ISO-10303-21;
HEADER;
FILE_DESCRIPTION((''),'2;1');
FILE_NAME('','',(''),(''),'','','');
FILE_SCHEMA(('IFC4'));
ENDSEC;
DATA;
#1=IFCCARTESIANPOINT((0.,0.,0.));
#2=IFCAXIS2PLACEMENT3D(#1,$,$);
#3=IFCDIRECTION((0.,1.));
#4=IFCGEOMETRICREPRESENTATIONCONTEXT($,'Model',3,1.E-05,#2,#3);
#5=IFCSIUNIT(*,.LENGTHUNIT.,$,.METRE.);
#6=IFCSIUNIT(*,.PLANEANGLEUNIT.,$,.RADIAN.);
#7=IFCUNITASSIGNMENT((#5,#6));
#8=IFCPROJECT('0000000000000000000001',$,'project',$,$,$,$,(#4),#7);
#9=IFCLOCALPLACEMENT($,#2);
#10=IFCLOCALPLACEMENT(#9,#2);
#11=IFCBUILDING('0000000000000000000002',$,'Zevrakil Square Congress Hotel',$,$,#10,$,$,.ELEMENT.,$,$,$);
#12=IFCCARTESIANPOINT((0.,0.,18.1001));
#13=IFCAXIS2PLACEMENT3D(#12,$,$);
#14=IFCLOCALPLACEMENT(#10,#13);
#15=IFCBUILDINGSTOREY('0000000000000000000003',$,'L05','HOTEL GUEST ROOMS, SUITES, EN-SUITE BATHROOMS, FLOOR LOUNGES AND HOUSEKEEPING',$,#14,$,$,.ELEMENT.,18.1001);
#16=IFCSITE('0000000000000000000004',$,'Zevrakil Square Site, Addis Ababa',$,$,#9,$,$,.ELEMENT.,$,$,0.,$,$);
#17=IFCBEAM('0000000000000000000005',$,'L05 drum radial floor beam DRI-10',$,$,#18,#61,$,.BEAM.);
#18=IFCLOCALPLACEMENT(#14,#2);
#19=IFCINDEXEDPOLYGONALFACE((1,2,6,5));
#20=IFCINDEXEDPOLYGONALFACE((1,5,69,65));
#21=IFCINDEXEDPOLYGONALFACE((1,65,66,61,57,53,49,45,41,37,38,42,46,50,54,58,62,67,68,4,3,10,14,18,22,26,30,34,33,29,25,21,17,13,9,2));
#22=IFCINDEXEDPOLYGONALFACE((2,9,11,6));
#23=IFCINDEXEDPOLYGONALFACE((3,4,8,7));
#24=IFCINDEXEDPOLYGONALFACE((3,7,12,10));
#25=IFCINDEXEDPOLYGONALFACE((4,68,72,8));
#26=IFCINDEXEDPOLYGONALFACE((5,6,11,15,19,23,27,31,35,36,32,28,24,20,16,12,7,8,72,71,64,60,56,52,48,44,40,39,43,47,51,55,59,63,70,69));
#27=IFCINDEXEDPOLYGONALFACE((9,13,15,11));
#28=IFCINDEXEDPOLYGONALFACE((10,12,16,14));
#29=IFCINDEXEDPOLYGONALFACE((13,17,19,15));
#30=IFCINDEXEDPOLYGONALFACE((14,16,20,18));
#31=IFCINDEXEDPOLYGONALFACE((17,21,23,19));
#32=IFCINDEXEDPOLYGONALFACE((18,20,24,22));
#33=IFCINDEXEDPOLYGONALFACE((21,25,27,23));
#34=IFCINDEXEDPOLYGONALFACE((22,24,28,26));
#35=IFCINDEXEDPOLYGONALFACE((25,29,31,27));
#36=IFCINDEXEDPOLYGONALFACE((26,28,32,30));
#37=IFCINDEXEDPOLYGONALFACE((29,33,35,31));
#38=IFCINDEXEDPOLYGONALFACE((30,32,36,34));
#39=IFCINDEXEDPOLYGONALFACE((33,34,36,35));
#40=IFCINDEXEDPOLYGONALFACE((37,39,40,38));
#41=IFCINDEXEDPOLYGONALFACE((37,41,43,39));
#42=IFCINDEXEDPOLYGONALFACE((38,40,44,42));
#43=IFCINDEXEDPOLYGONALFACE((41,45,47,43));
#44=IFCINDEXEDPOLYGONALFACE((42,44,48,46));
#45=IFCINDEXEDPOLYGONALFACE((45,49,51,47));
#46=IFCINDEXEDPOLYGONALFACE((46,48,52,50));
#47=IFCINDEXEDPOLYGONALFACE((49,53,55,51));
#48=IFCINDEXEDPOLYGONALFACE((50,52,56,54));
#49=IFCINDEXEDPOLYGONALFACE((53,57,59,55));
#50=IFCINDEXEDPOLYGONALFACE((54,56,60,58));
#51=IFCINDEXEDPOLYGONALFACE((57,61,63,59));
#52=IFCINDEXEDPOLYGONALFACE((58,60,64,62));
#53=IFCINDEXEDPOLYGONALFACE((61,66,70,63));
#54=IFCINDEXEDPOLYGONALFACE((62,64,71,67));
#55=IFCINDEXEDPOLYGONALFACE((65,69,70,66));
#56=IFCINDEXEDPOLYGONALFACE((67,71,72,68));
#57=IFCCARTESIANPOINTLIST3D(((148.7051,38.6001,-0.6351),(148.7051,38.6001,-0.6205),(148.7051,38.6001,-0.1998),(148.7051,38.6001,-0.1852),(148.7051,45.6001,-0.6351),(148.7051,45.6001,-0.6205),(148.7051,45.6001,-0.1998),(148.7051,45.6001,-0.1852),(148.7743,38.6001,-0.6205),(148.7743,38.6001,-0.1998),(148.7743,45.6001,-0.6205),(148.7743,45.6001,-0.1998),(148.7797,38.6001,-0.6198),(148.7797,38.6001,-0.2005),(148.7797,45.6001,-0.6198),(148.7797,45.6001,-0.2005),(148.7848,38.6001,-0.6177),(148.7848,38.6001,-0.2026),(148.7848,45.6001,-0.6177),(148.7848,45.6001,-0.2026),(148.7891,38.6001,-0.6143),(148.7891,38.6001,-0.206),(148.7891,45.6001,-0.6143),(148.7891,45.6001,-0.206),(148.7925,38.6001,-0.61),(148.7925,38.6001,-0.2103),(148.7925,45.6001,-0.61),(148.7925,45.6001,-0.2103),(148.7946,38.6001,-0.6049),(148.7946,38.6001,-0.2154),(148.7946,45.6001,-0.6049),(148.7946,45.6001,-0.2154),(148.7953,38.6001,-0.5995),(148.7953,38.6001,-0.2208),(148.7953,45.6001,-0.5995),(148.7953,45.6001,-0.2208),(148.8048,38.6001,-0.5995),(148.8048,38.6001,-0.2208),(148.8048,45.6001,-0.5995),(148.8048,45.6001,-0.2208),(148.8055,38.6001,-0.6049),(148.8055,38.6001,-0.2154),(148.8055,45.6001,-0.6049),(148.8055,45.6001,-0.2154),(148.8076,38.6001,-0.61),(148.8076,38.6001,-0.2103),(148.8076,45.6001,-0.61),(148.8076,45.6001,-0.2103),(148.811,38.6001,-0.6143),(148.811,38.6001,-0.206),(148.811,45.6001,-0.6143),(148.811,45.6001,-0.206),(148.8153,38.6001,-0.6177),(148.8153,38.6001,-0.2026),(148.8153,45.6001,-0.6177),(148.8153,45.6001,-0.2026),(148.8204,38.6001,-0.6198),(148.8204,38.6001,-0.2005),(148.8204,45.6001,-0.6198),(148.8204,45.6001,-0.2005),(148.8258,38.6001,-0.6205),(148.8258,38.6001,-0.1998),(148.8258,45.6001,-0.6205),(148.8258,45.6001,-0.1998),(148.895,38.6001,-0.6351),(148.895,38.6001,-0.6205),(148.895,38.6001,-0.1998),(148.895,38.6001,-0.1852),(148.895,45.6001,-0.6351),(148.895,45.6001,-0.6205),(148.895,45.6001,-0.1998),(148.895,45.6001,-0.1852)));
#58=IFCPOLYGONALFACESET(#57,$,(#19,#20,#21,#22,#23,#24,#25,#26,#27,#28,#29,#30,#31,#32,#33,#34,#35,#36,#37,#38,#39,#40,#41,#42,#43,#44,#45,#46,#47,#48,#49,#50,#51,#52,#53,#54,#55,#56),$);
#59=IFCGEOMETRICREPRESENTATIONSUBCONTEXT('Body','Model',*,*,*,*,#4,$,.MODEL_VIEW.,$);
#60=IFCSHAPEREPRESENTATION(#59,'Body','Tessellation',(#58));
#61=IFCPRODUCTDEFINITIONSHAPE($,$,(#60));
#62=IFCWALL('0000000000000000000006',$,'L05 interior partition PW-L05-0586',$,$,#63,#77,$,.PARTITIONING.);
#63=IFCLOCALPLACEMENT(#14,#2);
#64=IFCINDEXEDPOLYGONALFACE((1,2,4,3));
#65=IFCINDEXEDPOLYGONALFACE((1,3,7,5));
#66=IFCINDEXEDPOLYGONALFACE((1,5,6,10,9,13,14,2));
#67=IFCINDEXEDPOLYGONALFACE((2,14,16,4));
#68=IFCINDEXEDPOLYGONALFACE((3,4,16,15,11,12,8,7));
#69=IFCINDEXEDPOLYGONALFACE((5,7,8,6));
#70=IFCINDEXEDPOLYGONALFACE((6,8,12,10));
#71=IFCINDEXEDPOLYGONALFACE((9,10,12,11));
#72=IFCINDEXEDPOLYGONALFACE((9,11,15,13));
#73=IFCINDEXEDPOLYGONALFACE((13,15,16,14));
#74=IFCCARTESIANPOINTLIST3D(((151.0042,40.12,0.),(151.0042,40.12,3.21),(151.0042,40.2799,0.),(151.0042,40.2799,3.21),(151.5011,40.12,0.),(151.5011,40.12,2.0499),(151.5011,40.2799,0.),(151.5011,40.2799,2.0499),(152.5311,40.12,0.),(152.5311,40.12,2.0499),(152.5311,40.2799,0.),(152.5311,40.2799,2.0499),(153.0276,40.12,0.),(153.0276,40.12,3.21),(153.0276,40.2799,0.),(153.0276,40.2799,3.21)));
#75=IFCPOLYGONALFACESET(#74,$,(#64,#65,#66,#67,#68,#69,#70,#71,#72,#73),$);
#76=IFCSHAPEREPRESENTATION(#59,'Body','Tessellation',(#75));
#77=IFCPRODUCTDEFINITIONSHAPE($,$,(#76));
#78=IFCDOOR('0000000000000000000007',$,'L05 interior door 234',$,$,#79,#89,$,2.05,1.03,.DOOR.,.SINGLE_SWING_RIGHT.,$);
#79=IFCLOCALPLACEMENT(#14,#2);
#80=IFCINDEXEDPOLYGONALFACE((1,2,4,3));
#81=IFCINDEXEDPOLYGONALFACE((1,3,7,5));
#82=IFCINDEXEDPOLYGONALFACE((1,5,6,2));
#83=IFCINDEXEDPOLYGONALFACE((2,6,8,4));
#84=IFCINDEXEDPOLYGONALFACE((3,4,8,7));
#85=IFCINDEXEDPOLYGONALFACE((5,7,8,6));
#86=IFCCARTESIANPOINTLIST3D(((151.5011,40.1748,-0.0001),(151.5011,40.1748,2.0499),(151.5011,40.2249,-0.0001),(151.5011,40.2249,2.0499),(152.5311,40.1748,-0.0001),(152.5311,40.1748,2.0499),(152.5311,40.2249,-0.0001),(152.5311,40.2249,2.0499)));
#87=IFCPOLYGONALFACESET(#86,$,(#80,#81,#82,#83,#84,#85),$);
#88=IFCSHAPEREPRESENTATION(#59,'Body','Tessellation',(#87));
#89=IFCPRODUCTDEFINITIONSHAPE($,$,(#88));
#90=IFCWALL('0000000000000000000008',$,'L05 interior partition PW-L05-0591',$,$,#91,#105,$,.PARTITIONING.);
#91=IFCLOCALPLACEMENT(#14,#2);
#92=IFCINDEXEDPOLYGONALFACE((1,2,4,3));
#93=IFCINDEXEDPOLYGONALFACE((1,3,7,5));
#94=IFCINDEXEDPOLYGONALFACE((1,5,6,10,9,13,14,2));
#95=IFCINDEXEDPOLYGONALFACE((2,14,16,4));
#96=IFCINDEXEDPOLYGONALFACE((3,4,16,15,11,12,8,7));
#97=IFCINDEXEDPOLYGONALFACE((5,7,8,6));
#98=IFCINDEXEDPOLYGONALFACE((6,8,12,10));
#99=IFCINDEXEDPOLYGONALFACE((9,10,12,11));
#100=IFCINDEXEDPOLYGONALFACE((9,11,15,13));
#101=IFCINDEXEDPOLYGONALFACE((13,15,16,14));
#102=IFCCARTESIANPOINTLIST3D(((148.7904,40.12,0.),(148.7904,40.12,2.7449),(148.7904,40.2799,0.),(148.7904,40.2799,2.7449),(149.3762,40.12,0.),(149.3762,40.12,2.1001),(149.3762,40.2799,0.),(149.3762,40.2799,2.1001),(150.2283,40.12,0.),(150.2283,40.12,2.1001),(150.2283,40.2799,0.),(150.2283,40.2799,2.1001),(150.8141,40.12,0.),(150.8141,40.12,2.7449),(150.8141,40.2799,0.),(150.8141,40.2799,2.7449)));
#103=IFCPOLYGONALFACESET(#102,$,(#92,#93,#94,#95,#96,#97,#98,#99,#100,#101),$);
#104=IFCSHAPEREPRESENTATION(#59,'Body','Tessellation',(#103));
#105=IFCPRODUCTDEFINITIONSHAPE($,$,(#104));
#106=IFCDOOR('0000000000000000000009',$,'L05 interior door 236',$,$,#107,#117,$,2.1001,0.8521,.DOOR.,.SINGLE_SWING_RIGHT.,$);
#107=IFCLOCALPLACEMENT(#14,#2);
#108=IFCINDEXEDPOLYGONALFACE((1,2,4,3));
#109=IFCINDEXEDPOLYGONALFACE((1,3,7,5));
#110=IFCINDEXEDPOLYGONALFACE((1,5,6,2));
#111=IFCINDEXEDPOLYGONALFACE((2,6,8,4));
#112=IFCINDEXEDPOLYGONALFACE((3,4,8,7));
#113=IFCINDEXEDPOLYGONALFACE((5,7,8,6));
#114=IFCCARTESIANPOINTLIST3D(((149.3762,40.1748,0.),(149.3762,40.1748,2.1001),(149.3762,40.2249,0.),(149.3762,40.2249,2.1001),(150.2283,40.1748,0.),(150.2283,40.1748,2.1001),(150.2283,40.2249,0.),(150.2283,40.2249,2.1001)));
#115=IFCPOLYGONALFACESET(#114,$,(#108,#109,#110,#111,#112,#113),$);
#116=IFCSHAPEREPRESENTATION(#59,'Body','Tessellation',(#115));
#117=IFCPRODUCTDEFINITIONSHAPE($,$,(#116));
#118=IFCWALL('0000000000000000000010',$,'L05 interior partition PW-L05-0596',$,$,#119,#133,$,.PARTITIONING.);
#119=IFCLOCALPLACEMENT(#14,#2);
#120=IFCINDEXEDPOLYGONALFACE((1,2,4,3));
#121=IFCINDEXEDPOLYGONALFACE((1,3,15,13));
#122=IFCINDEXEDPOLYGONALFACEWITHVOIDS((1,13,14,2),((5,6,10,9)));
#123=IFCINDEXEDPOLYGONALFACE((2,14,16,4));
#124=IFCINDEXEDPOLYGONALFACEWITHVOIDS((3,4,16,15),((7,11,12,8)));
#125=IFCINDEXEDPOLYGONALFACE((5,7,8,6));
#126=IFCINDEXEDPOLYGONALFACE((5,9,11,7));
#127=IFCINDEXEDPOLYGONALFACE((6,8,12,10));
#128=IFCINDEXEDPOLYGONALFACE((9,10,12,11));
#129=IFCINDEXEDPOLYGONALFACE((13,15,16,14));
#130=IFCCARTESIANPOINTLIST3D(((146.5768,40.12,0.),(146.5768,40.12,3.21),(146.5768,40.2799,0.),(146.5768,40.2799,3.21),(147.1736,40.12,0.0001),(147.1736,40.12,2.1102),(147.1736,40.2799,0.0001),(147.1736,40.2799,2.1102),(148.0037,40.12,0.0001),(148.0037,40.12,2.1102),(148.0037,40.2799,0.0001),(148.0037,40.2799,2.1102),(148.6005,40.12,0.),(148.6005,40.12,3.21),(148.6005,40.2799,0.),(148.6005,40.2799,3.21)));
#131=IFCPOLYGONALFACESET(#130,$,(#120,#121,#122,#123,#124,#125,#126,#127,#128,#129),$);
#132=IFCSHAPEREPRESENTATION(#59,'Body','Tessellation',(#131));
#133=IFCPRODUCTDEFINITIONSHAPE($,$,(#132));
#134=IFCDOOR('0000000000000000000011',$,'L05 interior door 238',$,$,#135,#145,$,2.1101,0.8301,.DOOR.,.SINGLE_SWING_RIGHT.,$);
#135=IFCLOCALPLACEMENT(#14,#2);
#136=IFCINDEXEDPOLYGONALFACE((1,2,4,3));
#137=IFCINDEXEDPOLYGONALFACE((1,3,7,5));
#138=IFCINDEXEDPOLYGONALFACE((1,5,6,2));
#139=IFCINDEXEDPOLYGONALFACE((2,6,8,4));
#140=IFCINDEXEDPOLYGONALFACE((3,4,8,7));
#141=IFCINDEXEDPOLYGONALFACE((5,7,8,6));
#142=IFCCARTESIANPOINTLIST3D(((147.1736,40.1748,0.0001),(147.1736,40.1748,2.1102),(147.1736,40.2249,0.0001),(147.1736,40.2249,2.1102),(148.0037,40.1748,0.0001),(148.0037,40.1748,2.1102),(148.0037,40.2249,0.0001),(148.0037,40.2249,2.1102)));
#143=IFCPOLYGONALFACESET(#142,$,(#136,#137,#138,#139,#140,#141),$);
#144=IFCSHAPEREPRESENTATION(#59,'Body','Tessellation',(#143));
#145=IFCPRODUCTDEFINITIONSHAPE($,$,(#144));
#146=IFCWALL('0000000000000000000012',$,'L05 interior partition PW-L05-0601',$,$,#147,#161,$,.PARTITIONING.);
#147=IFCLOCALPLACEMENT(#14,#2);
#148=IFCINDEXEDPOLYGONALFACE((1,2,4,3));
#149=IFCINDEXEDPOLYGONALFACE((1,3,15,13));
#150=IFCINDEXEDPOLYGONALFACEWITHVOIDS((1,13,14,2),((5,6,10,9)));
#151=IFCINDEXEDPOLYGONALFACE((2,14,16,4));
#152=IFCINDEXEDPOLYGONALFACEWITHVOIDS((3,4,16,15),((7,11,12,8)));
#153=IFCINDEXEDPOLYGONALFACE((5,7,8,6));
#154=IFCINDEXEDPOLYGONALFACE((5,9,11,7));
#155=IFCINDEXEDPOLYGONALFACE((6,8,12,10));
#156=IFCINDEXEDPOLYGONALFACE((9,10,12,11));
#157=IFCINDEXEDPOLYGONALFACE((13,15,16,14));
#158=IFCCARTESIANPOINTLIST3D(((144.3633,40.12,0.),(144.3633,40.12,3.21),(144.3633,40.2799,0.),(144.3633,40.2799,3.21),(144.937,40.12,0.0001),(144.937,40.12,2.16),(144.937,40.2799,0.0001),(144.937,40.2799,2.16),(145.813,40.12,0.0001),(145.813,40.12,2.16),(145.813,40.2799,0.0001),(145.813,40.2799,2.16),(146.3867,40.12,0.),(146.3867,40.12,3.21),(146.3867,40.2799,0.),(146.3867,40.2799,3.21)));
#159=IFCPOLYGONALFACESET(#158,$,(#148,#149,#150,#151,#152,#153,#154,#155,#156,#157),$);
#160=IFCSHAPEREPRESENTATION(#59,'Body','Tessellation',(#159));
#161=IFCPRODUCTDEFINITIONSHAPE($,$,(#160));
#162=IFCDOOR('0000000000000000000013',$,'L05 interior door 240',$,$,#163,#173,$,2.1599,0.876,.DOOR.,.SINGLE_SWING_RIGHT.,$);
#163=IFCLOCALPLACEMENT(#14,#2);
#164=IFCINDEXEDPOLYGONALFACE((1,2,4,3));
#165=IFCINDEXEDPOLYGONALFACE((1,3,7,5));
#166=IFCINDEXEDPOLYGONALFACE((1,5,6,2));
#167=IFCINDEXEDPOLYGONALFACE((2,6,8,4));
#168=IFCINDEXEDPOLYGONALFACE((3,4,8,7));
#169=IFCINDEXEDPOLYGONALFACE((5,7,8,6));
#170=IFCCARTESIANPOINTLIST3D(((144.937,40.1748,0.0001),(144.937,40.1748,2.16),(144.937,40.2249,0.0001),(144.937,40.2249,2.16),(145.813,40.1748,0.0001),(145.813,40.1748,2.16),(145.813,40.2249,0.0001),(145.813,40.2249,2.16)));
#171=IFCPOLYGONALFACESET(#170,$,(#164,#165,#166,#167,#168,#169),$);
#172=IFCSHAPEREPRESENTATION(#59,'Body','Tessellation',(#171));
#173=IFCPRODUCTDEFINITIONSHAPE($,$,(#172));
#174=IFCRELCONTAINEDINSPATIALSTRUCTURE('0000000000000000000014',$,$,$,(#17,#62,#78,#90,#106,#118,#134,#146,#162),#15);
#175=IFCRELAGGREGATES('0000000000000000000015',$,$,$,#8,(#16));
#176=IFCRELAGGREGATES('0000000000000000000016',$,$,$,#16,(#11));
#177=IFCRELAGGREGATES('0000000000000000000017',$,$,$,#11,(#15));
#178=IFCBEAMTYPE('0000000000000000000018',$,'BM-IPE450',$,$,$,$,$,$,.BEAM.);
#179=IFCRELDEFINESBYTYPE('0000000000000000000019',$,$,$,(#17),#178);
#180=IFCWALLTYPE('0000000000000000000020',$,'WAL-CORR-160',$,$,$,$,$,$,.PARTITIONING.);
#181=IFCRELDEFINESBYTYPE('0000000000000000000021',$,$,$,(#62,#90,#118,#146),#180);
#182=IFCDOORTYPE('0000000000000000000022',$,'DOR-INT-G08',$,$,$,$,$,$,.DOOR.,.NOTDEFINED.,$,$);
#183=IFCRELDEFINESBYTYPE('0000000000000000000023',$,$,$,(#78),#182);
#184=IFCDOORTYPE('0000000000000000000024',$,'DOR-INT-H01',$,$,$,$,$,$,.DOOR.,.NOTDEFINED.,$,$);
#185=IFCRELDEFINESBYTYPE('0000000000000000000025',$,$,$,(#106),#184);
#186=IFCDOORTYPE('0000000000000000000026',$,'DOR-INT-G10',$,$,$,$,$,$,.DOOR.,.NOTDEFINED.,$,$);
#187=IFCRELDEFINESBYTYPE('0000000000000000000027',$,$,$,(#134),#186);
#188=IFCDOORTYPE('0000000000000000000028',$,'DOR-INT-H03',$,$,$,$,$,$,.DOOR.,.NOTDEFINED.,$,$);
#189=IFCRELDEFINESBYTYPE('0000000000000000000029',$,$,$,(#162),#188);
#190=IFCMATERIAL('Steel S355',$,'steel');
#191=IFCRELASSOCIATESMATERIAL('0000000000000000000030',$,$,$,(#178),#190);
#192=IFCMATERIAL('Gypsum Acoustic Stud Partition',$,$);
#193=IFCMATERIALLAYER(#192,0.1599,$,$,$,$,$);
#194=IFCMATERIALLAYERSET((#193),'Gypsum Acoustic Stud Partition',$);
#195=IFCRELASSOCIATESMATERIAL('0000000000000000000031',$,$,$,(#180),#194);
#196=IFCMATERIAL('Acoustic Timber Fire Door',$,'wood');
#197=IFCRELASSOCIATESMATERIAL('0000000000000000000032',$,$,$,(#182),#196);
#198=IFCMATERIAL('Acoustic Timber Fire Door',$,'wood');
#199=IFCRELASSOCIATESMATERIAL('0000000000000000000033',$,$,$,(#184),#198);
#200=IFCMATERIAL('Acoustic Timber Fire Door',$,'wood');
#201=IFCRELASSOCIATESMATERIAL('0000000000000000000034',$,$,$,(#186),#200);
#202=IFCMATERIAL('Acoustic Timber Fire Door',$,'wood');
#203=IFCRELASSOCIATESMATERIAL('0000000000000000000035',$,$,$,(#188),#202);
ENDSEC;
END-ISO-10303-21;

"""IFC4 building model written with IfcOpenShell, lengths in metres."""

from ifc_helpers import new_model, si_unit, direction, frame, frame_2d, origin, origin_2d, place, context, subcontext, project, spatial, rectangle, i_section, extrude, material, layer, layer_set, material_profile, profile_set, type_object, element, fill, save


model = new_model("IFC4")

# Units and contexts
model_context = context("Model", 3, precision=1e-05, world=origin(), true_north=direction((0.0, 1.0)))
body_context = subcontext(model_context, "Body", "Model", "MODEL_VIEW")
ifc_project = project(units=[si_unit("LENGTHUNIT", "METRE"), si_unit("PLANEANGLEUNIT", "RADIAN")], contexts=[model_context])

# Site, building, storey
site_placement = place(None, origin())
site = spatial("IfcSite", under=ifc_project, at=site_placement, Name="Zevrakil Square Site, Addis Ababa", CompositionType="ELEMENT", RefElevation=0.0)
building_placement = place(site_placement, origin())
building = spatial("IfcBuilding", under=site, at=building_placement, Name="Zevrakil Square Congress Hotel", CompositionType="ELEMENT")
storey_placement = place(building_placement, frame((0.0, 0.0, 18.1001)))
storey = spatial("IfcBuildingStorey", under=building, at=storey_placement, Name="L05", Description="HOTEL GUEST ROOMS, SUITES, EN-SUITE BATHROOMS, FLOOR LOUNGES AND HOUSEKEEPING", CompositionType="ELEMENT", Elevation=18.1001)

# Beam
ifc_material_1 = material(Name="Steel S355", Category="steel")
ifc_material_profile = material_profile(ifc_material_1, i_section(OverallWidth=0.1899, OverallDepth=0.45, WebThickness=0.0095, FlangeThickness=0.0146, FilletRadius=0.021, at=origin_2d()), Name="IPE 450")
ifc_profile_set = profile_set([ifc_material_profile], Name="Steel S355")
beam_type = type_object("IfcBeamType", Name="BM-IPE450", PredefinedType="BEAM", material=ifc_profile_set)
beam_placement = place(storey_placement, frame((148.8, 38.6001, -0.4102), z_axis=(0.0, 1.0, 0.0), x_axis=(-1.0, 0.0, 0.0)))
element("IfcBeam", 1, at=beam_placement, inside=storey, type_object=beam_type, Name="L05 drum radial floor beam DRI-10", PredefinedType="BEAM", context=body_context, shape_type="SweptSolid", body=[
    extrude(i_section(OverallWidth=0.1899, OverallDepth=0.45, WebThickness=0.0095, FlangeThickness=0.0146, FilletRadius=0.021, at=origin_2d()), origin(), (0.0, 0.0, 1.0), 7.0),
])

# Walls, openings, doors
ifc_material_2 = material(Name="Gypsum Acoustic Stud Partition")
ifc_layer_1 = layer(ifc_material_2, 0.1599)
ifc_layer_set_1 = layer_set([ifc_layer_1], Name="Gypsum Acoustic Stud Partition")
wall_type_1 = type_object("IfcWallType", Name="WAL-CORR-160", PredefinedType="PARTITIONING", material=ifc_layer_set_1)
wall_1_placement = place(storey_placement, frame((151.0042, 40.2, 0.0), z_axis=(0.0, 0.0, 1.0), x_axis=(1.0, 0.0, 0.0)))
wall_1 = element("IfcWall", 2, at=wall_1_placement, inside=storey, type_object=wall_type_1, Name="L05 interior partition PW-L05-0586", PredefinedType="PARTITIONING", context=body_context, shape_type="SweptSolid", body=[
    extrude(rectangle(XDim=2.0234, YDim=0.1599, at=frame_2d((1.0117, 0.0))), origin(), (0.0, 0.0, 1.0), 3.21),
])
opening_1_placement = place(wall_1_placement, frame((0.4968, 0.0, 0.0)))
opening_1 = element("IfcOpeningElement", 3, at=opening_1_placement, cuts=wall_1, PredefinedType="OPENING", context=body_context, shape_type="SweptSolid", body=[
    extrude(rectangle(XDim=1.03, YDim=2.05, at=frame_2d((0.5151, 1.0249))), frame((0.0, 0.0898, 0.0), z_axis=(0.0, -1.0, 0.0), x_axis=(1.0, 0.0, 0.0)), (0.0, 0.0, 1.0), 0.1799),
])
ifc_material_3 = material(Name="Acoustic Timber Fire Door", Category="wood")
door_type_1 = type_object("IfcDoorType", Name="DOR-INT-G08", OperationType="NOTDEFINED", PredefinedType="DOOR", material=ifc_material_3)
door_1_placement = place(opening_1_placement, origin())
door_1 = element("IfcDoor", 4, at=door_1_placement, inside=storey, type_object=door_type_1, Name="L05 interior door 234", OperationType="SINGLE_SWING_RIGHT", OverallHeight=2.05, OverallWidth=1.03, PredefinedType="DOOR", context=body_context, shape_type="SweptSolid", body=[
    extrude(rectangle(XDim=1.03, YDim=2.05, at=frame_2d((0.5151, 1.0249))), frame((0.0, 0.0249, 0.0), z_axis=(0.0, -1.0, 0.0), x_axis=(1.0, 0.0, 0.0)), (0.0, 0.0, 1.0), 0.05),
])
fill(opening_1, door_1)
wall_2_placement = place(storey_placement, frame((148.7905, 40.2, 0.0), z_axis=(0.0, 0.0, 1.0), x_axis=(1.0, 0.0, 0.0)))
wall_2 = element("IfcWall", 5, at=wall_2_placement, inside=storey, type_object=wall_type_1, Name="L05 interior partition PW-L05-0591", PredefinedType="PARTITIONING", context=body_context, shape_type="SweptSolid", body=[
    extrude(rectangle(XDim=2.0237, YDim=0.1599, at=frame_2d((1.0117, 0.0))), origin(), (0.0, 0.0, 1.0), 2.7449),
])
opening_2_placement = place(wall_2_placement, frame((0.5857, 0.0, 0.0)))
opening_2 = element("IfcOpeningElement", 6, at=opening_2_placement, cuts=wall_2, PredefinedType="OPENING", context=body_context, shape_type="SweptSolid", body=[
    extrude(rectangle(XDim=0.8521, YDim=2.1001, at=frame_2d((0.426, 1.05))), frame((0.0, 0.0898, 0.0), z_axis=(0.0, -1.0, 0.0), x_axis=(1.0, 0.0, 0.0)), (0.0, 0.0, 1.0), 0.1799),
])
ifc_material_4 = material(Name="Acoustic Timber Fire Door", Category="wood")
door_type_2 = type_object("IfcDoorType", Name="DOR-INT-H01", OperationType="NOTDEFINED", PredefinedType="DOOR", material=ifc_material_4)
door_2_placement = place(opening_2_placement, origin())
door_2 = element("IfcDoor", 7, at=door_2_placement, inside=storey, type_object=door_type_2, Name="L05 interior door 236", OperationType="SINGLE_SWING_RIGHT", OverallHeight=2.1001, OverallWidth=0.8521, PredefinedType="DOOR", context=body_context, shape_type="SweptSolid", body=[
    extrude(rectangle(XDim=0.8521, YDim=2.1001, at=frame_2d((0.426, 1.05))), frame((0.0, 0.0249, 0.0), z_axis=(0.0, -1.0, 0.0), x_axis=(1.0, 0.0, 0.0)), (0.0, 0.0, 1.0), 0.05),
])
fill(opening_2, door_2)
wall_3_placement = place(storey_placement, frame((146.5769, 40.2, 0.0), z_axis=(0.0, 0.0, 1.0), x_axis=(1.0, 0.0, 0.0)))
wall_3 = element("IfcWall", 8, at=wall_3_placement, inside=storey, type_object=wall_type_1, Name="L05 interior partition PW-L05-0596", PredefinedType="PARTITIONING", context=body_context, shape_type="SweptSolid", body=[
    extrude(rectangle(XDim=2.0237, YDim=0.1599, at=frame_2d((1.0117, 0.0))), origin(), (0.0, 0.0, 1.0), 3.21),
])
opening_3_placement = place(wall_3_placement, frame((0.5967, 0.0, 0.0)))
opening_3 = element("IfcOpeningElement", 9, at=opening_3_placement, cuts=wall_3, PredefinedType="OPENING", context=body_context, shape_type="SweptSolid", body=[
    extrude(rectangle(XDim=0.8301, YDim=2.1101, at=frame_2d((0.415, 1.0552))), frame((0.0, 0.0898, 0.0), z_axis=(0.0, -1.0, 0.0), x_axis=(1.0, 0.0, 0.0)), (0.0, 0.0, 1.0), 0.1799),
])
ifc_material_5 = material(Name="Acoustic Timber Fire Door", Category="wood")
door_type_3 = type_object("IfcDoorType", Name="DOR-INT-G10", OperationType="NOTDEFINED", PredefinedType="DOOR", material=ifc_material_5)
door_3_placement = place(opening_3_placement, origin())
door_3 = element("IfcDoor", 10, at=door_3_placement, inside=storey, type_object=door_type_3, Name="L05 interior door 238", OperationType="SINGLE_SWING_RIGHT", OverallHeight=2.1101, OverallWidth=0.8301, PredefinedType="DOOR", context=body_context, shape_type="SweptSolid", body=[
    extrude(rectangle(XDim=0.8301, YDim=2.1101, at=frame_2d((0.415, 1.0552))), frame((0.0, 0.0249, 0.0), z_axis=(0.0, -1.0, 0.0), x_axis=(1.0, 0.0, 0.0)), (0.0, 0.0, 1.0), 0.05),
])
fill(opening_3, door_3)
wall_4_placement = place(storey_placement, frame((144.3633, 40.2, 0.0), z_axis=(0.0, 0.0, 1.0), x_axis=(1.0, 0.0, 0.0)))
wall_4 = element("IfcWall", 11, at=wall_4_placement, inside=storey, type_object=wall_type_1, Name="L05 interior partition PW-L05-0601", PredefinedType="PARTITIONING", context=body_context, shape_type="SweptSolid", body=[
    extrude(rectangle(XDim=2.0234, YDim=0.1599, at=frame_2d((1.0117, 0.0))), origin(), (0.0, 0.0, 1.0), 3.21),
])
opening_4_placement = place(wall_4_placement, frame((0.5737, 0.0, 0.0)))
opening_4 = element("IfcOpeningElement", 12, at=opening_4_placement, cuts=wall_4, PredefinedType="OPENING", context=body_context, shape_type="SweptSolid", body=[
    extrude(rectangle(XDim=0.876, YDim=2.1599, at=frame_2d((0.438, 1.0801))), frame((0.0, 0.0898, 0.0), z_axis=(0.0, -1.0, 0.0), x_axis=(1.0, 0.0, 0.0)), (0.0, 0.0, 1.0), 0.1799),
])
ifc_material_6 = material(Name="Acoustic Timber Fire Door", Category="wood")
door_type_4 = type_object("IfcDoorType", Name="DOR-INT-H03", OperationType="NOTDEFINED", PredefinedType="DOOR", material=ifc_material_6)
door_4_placement = place(opening_4_placement, origin())
door_4 = element("IfcDoor", 13, at=door_4_placement, inside=storey, type_object=door_type_4, Name="L05 interior door 240", OperationType="SINGLE_SWING_RIGHT", OverallHeight=2.1599, OverallWidth=0.876, PredefinedType="DOOR", context=body_context, shape_type="SweptSolid", body=[
    extrude(rectangle(XDim=0.876, YDim=2.1599, at=frame_2d((0.438, 1.0801))), frame((0.0, 0.0249, 0.0), z_axis=(0.0, -1.0, 0.0), x_axis=(1.0, 0.0, 0.0)), (0.0, 0.0, 1.0), 0.05),
])
fill(opening_4, door_4)

save(model, "model.ifc")
